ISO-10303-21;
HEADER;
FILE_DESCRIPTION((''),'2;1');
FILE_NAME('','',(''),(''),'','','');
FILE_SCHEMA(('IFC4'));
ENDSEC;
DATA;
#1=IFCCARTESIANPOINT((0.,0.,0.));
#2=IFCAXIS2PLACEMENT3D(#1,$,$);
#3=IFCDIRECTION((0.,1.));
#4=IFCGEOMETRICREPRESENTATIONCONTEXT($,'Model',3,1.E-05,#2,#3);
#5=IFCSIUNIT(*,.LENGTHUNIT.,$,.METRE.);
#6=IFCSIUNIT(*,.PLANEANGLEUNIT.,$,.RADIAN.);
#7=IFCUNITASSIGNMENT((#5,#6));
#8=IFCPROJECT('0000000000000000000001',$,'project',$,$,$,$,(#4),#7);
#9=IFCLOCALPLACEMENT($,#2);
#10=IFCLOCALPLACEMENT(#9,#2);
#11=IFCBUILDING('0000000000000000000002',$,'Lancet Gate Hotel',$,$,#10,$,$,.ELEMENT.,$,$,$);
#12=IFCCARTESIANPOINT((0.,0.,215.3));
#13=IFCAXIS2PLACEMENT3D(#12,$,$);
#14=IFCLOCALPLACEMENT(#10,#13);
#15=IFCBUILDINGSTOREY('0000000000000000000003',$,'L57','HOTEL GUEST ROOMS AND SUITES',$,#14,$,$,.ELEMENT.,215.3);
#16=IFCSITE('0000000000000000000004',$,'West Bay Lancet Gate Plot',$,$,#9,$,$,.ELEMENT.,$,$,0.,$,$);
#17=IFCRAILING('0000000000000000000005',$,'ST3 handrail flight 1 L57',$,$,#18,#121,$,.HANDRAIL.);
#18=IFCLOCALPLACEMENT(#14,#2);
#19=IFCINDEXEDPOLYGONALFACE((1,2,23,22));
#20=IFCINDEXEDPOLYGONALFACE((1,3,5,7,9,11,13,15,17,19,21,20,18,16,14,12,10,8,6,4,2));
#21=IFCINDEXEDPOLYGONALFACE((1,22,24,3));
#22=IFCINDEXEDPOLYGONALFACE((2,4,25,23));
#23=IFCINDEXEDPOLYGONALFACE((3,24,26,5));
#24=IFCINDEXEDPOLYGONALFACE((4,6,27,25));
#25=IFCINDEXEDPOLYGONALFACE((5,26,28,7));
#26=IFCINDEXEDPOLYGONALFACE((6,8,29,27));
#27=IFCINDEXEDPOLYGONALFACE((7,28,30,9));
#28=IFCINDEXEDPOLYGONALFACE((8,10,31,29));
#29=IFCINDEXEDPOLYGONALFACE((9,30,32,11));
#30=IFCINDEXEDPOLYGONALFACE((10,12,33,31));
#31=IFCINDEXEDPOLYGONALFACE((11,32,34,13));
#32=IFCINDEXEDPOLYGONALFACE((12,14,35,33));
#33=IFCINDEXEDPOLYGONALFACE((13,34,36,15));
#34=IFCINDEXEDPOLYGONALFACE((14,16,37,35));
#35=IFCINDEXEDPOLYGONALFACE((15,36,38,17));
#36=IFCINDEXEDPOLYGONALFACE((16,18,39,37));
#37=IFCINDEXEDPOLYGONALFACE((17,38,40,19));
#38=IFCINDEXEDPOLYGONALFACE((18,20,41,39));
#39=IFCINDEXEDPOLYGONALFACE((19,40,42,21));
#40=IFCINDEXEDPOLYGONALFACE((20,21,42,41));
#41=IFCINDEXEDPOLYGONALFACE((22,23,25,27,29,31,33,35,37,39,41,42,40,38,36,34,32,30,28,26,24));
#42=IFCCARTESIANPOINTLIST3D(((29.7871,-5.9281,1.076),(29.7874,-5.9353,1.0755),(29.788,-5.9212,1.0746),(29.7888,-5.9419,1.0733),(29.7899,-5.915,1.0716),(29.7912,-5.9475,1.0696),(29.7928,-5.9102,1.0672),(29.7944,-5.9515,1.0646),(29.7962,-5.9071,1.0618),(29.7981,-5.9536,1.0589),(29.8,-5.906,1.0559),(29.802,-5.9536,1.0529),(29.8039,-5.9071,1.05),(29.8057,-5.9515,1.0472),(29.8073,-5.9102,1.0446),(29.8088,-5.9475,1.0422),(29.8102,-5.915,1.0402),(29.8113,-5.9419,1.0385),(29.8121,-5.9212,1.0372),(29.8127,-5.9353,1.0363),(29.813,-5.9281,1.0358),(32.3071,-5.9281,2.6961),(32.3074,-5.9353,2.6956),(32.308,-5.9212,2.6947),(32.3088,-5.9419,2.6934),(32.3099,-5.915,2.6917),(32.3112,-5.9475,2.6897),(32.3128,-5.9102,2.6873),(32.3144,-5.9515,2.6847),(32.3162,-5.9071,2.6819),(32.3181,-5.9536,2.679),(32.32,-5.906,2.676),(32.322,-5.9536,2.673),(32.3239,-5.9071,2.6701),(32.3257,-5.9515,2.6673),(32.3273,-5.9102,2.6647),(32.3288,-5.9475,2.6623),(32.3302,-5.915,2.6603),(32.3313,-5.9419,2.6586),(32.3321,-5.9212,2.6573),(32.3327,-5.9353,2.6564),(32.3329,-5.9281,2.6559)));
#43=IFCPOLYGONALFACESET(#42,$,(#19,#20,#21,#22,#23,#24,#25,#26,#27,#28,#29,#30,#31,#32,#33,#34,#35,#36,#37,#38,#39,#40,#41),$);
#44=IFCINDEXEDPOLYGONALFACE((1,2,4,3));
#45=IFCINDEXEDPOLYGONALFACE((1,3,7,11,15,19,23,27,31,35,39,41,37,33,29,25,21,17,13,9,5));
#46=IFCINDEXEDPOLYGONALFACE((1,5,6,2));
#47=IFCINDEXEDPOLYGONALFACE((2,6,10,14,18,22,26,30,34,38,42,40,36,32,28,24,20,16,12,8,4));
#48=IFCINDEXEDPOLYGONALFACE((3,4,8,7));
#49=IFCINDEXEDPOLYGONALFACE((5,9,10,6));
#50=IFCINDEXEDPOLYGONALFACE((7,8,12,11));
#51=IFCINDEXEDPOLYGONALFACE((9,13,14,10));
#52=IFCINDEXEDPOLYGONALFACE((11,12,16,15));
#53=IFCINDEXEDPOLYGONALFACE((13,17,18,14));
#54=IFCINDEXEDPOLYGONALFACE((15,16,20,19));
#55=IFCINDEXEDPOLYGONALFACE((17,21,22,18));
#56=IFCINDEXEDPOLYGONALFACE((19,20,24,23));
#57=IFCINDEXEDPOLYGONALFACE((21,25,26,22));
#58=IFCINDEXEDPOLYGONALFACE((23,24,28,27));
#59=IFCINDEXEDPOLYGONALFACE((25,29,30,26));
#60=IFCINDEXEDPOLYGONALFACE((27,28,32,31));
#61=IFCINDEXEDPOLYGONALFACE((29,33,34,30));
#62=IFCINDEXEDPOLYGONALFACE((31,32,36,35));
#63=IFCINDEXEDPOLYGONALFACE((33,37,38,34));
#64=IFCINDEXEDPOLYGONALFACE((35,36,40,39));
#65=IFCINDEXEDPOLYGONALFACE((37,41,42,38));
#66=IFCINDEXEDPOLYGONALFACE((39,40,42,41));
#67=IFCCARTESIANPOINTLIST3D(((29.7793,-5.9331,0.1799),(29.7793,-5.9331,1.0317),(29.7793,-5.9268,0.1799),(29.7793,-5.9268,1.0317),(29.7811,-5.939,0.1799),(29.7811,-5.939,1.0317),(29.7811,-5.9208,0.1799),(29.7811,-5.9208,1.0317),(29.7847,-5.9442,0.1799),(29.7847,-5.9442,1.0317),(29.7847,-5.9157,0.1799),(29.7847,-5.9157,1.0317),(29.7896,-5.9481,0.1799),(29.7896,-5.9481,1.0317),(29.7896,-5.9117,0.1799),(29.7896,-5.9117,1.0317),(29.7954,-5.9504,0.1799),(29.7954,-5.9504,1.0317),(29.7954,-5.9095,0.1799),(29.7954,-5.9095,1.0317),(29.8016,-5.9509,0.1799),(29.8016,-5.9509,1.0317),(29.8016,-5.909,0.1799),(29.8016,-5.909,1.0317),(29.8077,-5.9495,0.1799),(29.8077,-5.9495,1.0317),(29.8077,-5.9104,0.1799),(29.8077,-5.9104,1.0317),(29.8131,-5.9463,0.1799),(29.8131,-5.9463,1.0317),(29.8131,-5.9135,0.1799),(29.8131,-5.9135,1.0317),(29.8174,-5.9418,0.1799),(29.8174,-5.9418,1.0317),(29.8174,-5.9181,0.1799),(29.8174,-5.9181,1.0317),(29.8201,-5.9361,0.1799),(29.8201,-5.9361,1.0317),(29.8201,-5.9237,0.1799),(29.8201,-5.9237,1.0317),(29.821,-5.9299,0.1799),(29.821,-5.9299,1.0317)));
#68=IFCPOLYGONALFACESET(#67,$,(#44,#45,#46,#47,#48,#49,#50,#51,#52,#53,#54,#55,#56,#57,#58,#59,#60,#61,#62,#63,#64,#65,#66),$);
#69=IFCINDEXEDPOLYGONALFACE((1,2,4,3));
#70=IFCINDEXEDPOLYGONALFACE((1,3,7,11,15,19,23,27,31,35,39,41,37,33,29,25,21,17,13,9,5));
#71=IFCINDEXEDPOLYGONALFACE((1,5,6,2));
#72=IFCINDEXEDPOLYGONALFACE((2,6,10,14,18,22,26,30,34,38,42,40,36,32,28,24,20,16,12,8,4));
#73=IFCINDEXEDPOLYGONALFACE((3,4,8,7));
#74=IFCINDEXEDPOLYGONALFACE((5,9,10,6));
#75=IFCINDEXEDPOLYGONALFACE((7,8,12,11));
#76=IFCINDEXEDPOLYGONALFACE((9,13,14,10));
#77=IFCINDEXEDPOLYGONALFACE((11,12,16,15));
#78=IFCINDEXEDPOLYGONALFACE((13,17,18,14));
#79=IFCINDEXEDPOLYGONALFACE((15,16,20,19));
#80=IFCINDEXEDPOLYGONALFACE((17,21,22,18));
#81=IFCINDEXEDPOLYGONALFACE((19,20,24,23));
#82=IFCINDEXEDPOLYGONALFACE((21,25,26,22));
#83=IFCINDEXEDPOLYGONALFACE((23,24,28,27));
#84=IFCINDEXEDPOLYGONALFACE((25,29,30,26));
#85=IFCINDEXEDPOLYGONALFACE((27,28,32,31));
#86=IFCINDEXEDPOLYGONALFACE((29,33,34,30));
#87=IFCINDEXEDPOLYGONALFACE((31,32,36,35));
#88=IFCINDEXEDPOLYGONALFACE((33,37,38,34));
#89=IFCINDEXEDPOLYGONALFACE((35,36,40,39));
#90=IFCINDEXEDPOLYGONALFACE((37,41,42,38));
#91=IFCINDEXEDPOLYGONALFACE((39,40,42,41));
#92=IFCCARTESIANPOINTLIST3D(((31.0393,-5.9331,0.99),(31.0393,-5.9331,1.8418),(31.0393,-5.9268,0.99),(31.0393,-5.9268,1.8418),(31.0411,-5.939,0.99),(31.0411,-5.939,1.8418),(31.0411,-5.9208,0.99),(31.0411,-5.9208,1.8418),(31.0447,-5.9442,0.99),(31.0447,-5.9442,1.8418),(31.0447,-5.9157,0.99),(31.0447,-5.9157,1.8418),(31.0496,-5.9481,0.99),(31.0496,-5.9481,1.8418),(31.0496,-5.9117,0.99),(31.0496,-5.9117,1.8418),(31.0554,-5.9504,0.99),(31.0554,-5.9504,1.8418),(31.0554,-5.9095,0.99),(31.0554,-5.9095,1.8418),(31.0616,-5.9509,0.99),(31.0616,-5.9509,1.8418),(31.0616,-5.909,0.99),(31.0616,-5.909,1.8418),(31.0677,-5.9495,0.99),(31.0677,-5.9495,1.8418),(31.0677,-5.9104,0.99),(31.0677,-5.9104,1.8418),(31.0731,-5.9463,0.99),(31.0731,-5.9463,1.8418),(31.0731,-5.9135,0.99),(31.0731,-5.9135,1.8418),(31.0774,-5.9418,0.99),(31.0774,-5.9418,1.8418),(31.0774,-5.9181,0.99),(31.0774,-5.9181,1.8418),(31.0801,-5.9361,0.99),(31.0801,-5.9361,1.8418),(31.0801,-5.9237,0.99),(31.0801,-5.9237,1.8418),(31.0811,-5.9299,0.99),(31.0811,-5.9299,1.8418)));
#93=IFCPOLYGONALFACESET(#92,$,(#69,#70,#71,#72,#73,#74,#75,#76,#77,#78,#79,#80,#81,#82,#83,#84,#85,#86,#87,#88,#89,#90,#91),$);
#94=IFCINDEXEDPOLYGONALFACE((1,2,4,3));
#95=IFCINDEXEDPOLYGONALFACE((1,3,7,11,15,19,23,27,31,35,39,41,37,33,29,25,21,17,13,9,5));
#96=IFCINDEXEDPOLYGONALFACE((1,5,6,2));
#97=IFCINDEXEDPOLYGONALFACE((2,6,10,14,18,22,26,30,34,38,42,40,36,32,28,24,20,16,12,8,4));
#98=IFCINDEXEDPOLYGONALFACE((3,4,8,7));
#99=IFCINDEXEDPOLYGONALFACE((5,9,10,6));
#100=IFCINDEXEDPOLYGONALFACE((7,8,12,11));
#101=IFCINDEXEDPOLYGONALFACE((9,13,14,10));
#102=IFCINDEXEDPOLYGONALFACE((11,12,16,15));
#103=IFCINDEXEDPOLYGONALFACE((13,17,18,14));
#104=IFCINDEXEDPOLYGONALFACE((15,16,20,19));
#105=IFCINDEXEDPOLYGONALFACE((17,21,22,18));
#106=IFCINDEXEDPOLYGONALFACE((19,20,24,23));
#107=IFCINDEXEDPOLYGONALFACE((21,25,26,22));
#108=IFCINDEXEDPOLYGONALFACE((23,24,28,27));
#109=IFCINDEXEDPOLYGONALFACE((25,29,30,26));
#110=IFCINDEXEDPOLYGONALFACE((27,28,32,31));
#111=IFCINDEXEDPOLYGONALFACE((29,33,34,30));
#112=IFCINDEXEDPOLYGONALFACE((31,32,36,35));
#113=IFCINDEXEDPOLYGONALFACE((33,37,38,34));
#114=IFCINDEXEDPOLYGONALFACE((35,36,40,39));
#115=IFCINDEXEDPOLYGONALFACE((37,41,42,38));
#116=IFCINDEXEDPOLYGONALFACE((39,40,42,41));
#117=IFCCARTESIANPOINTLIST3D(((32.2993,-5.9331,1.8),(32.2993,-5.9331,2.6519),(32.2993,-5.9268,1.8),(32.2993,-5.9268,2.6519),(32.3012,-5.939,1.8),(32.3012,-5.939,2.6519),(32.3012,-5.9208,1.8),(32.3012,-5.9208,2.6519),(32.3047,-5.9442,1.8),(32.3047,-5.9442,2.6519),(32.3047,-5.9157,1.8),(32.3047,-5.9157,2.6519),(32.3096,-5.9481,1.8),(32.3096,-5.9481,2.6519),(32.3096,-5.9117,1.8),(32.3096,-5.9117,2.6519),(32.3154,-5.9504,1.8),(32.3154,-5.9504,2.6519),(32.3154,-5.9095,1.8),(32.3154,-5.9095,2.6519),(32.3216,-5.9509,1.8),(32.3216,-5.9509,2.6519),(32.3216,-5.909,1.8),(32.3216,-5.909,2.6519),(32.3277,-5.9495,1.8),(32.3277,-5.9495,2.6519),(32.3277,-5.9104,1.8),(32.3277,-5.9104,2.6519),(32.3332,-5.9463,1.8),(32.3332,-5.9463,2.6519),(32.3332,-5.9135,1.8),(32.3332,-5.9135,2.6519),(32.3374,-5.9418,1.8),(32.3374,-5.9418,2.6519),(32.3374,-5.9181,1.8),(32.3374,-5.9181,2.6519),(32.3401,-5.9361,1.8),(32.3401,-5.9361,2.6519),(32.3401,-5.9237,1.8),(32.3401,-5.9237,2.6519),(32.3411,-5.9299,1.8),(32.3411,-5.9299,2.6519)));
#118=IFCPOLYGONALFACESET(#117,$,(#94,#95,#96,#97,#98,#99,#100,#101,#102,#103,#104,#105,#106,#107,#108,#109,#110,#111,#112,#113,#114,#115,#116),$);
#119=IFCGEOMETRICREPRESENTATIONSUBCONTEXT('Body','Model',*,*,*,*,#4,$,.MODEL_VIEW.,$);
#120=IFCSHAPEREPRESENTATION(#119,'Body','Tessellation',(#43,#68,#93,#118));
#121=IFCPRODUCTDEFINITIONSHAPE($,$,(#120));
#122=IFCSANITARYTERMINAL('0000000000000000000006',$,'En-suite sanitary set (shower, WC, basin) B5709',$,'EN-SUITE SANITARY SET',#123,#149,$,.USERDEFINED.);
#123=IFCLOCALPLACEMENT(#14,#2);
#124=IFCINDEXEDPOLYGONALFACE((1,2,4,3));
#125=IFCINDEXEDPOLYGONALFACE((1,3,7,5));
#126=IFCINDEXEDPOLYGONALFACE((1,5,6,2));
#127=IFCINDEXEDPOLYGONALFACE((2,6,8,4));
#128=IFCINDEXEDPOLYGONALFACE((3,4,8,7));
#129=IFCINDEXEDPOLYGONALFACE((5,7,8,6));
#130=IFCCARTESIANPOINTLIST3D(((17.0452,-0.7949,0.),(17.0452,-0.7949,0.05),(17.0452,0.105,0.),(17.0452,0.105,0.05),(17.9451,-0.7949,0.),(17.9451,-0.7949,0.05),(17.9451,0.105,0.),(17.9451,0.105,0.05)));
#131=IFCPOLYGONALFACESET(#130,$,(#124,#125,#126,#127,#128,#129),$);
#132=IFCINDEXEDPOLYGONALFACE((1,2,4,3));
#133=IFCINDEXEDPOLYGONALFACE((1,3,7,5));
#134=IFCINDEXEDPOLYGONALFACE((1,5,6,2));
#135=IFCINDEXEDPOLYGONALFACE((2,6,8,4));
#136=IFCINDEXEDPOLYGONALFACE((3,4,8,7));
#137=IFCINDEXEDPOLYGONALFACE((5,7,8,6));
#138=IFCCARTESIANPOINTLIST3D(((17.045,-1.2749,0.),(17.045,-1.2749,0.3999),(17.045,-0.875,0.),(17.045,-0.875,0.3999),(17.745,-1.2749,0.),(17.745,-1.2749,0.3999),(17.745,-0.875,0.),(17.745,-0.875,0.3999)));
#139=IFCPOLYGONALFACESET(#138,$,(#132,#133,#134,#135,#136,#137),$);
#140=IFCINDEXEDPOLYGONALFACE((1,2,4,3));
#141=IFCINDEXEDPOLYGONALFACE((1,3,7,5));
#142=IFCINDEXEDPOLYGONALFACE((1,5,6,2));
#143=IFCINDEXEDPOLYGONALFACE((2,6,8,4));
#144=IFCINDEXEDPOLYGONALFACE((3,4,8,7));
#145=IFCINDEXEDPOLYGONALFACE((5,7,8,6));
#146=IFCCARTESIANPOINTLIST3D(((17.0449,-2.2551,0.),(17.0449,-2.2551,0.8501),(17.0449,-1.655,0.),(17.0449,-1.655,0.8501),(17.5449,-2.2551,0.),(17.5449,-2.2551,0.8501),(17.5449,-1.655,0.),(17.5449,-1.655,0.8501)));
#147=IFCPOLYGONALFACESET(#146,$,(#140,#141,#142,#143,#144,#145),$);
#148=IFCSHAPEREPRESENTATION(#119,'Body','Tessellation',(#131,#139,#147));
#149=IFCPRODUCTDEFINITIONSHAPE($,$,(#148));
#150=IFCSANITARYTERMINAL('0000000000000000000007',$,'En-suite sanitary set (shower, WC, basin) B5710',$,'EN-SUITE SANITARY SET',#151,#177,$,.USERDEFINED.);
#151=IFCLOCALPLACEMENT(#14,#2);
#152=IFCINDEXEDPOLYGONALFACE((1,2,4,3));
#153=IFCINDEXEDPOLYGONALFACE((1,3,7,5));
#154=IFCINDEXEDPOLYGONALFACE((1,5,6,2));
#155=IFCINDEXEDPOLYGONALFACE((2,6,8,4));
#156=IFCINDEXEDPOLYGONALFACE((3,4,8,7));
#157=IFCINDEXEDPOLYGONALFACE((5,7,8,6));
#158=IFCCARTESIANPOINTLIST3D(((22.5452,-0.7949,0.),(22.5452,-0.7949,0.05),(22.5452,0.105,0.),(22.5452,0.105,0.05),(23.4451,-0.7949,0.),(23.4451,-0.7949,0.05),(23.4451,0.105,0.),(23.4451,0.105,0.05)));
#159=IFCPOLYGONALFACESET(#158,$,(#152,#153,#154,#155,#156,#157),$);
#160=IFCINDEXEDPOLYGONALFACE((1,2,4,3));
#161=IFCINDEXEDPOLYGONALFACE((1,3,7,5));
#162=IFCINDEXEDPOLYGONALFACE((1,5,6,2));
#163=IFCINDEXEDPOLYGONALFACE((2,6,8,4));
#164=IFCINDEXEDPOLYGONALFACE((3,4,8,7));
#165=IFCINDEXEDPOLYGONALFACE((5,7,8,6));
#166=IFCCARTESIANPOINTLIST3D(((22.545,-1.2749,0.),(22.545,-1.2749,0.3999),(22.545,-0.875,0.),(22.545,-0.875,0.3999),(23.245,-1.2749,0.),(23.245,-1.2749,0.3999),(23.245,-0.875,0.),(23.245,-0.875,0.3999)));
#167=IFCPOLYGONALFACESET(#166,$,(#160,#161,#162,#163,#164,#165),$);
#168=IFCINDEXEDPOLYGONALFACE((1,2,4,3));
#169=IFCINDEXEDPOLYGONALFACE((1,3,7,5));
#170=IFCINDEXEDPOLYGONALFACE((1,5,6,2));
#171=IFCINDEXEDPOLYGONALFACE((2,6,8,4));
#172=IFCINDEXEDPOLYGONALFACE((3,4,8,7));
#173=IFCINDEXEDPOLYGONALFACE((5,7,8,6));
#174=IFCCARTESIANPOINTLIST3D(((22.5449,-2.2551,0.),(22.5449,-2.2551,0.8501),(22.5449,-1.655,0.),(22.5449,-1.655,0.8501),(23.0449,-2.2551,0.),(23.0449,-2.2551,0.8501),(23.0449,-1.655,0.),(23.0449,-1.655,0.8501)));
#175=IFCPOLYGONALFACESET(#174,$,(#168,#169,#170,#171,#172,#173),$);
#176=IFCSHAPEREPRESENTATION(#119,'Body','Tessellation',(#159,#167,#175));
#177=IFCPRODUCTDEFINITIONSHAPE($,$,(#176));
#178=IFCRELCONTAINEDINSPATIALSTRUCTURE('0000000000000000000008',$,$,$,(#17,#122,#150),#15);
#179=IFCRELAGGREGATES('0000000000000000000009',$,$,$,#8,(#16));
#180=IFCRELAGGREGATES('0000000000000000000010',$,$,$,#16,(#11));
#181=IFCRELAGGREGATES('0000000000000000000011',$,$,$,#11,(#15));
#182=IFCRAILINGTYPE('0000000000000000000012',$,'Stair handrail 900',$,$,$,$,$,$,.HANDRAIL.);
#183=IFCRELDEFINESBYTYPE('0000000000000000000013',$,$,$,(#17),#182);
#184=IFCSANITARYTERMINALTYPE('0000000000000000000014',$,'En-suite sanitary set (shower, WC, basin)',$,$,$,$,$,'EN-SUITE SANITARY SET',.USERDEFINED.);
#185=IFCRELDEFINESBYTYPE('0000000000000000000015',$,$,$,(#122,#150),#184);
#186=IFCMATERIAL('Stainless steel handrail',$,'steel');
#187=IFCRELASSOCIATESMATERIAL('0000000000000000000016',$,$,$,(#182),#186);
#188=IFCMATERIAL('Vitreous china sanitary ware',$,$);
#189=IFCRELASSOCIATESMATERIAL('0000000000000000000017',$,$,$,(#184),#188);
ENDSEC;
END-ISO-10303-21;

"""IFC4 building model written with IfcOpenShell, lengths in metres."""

from ifc_helpers import new_model, si_unit, direction, frame, origin, origin_2d, place, context, subcontext, project, spatial, rectangle, circle, extrude, material, type_object, element, save


model = new_model("IFC4")

# Units and contexts
model_context = context("Model", 3, precision=1e-05, world=origin(), true_north=direction((0.0, 1.0)))
body_context = subcontext(model_context, "Body", "Model", "MODEL_VIEW")
ifc_project = project(units=[si_unit("LENGTHUNIT", "METRE"), si_unit("PLANEANGLEUNIT", "RADIAN")], contexts=[model_context])

# Site, building, storey
site_placement = place(None, origin())
site = spatial("IfcSite", under=ifc_project, at=site_placement, Name="West Bay Lancet Gate Plot", CompositionType="ELEMENT", RefElevation=0.0)
building_placement = place(site_placement, origin())
building = spatial("IfcBuilding", under=site, at=building_placement, Name="Lancet Gate Hotel", CompositionType="ELEMENT")
storey_placement = place(building_placement, frame((0.0, 0.0, 215.3)))
storey = spatial("IfcBuildingStorey", under=building, at=storey_placement, Name="L57", Description="HOTEL GUEST ROOMS AND SUITES", CompositionType="ELEMENT", Elevation=215.3)

# Railing
ifc_material_1 = material(Name="Stainless steel handrail", Category="steel")
railing_type = type_object("IfcRailingType", Name="Stair handrail 900", PredefinedType="HANDRAIL", material=ifc_material_1)
railing_placement = place(storey_placement, frame((29.8, -5.9299, 0.1799)))
element("IfcRailing", 1, at=railing_placement, inside=storey, type_object=railing_type, Name="ST3 handrail flight 1 L57", PredefinedType="HANDRAIL", context=body_context, shape_type="SweptSolid", body=[
    extrude(circle(Radius=0.0239, at=origin_2d()), frame((0.0, 0.0, 0.876), z_axis=(0.841163, 0.0, 0.540782), x_axis=(0.0, 1.0, 0.0)), (0.0, 0.0, 1.0), 2.9958),
    extrude(circle(Radius=0.021, at=origin_2d()), origin(), (0.0, 0.0, 1.0), 0.8518),
    extrude(circle(Radius=0.021, at=origin_2d()), frame((1.26, 0.0, 0.8101)), (0.0, 0.0, 1.0), 0.8518),
    extrude(circle(Radius=0.021, at=origin_2d()), frame((2.52, 0.0, 1.6201)), (0.0, 0.0, 1.0), 0.8518),
])

# Sanitary terminals
ifc_material_2 = material(Name="Vitreous china sanitary ware")
sanitary_terminal_type = type_object("IfcSanitaryTerminalType", Name="En-suite sanitary set (shower, WC, basin)", ElementType="EN-SUITE SANITARY SET", PredefinedType="USERDEFINED", material=ifc_material_2)
for number, where, z_axis, x_axis, name in (
    (2, (17.4951, -0.345, 0.0), (0.0, 0.0, 1.0), (1.0, 0.0, 0.0), "En-suite sanitary set (shower, WC, basin) B5709"),
    (3, (22.9951, -0.345, 0.0), (0.0, 0.0, 1.0), (1.0, 0.0, 0.0), "En-suite sanitary set (shower, WC, basin) B5710"),
):
    element("IfcSanitaryTerminal", number, at=place(storey_placement, frame(where, z_axis=z_axis, x_axis=x_axis)), inside=storey, type_object=sanitary_terminal_type, Name=name, ObjectType="EN-SUITE SANITARY SET", PredefinedType="USERDEFINED", context=body_context, shape_type="SweptSolid", body=[
        extrude(rectangle(XDim=0.8999, YDim=0.8999, at=origin_2d()), frame((0.0, 0.0, 0.0), z_axis=(0.0, 0.0, 1.0), x_axis=(0.0, 1.0, 0.0)), (0.0, 0.0, 1.0), 0.05),
        extrude(rectangle(XDim=0.3999, YDim=0.7, at=origin_2d()), frame((-0.1001, -0.73, 0.0), z_axis=(0.0, 0.0, 1.0), x_axis=(0.0, 1.0, 0.0)), (0.0, 0.0, 1.0), 0.3999),
        extrude(rectangle(XDim=0.6001, YDim=0.5, at=origin_2d()), frame((-0.2002, -1.6101, 0.0), z_axis=(0.0, 0.0, 1.0), x_axis=(0.0, 1.0, 0.0)), (0.0, 0.0, 1.0), 0.8501),
    ])

save(model, "model.ifc")
